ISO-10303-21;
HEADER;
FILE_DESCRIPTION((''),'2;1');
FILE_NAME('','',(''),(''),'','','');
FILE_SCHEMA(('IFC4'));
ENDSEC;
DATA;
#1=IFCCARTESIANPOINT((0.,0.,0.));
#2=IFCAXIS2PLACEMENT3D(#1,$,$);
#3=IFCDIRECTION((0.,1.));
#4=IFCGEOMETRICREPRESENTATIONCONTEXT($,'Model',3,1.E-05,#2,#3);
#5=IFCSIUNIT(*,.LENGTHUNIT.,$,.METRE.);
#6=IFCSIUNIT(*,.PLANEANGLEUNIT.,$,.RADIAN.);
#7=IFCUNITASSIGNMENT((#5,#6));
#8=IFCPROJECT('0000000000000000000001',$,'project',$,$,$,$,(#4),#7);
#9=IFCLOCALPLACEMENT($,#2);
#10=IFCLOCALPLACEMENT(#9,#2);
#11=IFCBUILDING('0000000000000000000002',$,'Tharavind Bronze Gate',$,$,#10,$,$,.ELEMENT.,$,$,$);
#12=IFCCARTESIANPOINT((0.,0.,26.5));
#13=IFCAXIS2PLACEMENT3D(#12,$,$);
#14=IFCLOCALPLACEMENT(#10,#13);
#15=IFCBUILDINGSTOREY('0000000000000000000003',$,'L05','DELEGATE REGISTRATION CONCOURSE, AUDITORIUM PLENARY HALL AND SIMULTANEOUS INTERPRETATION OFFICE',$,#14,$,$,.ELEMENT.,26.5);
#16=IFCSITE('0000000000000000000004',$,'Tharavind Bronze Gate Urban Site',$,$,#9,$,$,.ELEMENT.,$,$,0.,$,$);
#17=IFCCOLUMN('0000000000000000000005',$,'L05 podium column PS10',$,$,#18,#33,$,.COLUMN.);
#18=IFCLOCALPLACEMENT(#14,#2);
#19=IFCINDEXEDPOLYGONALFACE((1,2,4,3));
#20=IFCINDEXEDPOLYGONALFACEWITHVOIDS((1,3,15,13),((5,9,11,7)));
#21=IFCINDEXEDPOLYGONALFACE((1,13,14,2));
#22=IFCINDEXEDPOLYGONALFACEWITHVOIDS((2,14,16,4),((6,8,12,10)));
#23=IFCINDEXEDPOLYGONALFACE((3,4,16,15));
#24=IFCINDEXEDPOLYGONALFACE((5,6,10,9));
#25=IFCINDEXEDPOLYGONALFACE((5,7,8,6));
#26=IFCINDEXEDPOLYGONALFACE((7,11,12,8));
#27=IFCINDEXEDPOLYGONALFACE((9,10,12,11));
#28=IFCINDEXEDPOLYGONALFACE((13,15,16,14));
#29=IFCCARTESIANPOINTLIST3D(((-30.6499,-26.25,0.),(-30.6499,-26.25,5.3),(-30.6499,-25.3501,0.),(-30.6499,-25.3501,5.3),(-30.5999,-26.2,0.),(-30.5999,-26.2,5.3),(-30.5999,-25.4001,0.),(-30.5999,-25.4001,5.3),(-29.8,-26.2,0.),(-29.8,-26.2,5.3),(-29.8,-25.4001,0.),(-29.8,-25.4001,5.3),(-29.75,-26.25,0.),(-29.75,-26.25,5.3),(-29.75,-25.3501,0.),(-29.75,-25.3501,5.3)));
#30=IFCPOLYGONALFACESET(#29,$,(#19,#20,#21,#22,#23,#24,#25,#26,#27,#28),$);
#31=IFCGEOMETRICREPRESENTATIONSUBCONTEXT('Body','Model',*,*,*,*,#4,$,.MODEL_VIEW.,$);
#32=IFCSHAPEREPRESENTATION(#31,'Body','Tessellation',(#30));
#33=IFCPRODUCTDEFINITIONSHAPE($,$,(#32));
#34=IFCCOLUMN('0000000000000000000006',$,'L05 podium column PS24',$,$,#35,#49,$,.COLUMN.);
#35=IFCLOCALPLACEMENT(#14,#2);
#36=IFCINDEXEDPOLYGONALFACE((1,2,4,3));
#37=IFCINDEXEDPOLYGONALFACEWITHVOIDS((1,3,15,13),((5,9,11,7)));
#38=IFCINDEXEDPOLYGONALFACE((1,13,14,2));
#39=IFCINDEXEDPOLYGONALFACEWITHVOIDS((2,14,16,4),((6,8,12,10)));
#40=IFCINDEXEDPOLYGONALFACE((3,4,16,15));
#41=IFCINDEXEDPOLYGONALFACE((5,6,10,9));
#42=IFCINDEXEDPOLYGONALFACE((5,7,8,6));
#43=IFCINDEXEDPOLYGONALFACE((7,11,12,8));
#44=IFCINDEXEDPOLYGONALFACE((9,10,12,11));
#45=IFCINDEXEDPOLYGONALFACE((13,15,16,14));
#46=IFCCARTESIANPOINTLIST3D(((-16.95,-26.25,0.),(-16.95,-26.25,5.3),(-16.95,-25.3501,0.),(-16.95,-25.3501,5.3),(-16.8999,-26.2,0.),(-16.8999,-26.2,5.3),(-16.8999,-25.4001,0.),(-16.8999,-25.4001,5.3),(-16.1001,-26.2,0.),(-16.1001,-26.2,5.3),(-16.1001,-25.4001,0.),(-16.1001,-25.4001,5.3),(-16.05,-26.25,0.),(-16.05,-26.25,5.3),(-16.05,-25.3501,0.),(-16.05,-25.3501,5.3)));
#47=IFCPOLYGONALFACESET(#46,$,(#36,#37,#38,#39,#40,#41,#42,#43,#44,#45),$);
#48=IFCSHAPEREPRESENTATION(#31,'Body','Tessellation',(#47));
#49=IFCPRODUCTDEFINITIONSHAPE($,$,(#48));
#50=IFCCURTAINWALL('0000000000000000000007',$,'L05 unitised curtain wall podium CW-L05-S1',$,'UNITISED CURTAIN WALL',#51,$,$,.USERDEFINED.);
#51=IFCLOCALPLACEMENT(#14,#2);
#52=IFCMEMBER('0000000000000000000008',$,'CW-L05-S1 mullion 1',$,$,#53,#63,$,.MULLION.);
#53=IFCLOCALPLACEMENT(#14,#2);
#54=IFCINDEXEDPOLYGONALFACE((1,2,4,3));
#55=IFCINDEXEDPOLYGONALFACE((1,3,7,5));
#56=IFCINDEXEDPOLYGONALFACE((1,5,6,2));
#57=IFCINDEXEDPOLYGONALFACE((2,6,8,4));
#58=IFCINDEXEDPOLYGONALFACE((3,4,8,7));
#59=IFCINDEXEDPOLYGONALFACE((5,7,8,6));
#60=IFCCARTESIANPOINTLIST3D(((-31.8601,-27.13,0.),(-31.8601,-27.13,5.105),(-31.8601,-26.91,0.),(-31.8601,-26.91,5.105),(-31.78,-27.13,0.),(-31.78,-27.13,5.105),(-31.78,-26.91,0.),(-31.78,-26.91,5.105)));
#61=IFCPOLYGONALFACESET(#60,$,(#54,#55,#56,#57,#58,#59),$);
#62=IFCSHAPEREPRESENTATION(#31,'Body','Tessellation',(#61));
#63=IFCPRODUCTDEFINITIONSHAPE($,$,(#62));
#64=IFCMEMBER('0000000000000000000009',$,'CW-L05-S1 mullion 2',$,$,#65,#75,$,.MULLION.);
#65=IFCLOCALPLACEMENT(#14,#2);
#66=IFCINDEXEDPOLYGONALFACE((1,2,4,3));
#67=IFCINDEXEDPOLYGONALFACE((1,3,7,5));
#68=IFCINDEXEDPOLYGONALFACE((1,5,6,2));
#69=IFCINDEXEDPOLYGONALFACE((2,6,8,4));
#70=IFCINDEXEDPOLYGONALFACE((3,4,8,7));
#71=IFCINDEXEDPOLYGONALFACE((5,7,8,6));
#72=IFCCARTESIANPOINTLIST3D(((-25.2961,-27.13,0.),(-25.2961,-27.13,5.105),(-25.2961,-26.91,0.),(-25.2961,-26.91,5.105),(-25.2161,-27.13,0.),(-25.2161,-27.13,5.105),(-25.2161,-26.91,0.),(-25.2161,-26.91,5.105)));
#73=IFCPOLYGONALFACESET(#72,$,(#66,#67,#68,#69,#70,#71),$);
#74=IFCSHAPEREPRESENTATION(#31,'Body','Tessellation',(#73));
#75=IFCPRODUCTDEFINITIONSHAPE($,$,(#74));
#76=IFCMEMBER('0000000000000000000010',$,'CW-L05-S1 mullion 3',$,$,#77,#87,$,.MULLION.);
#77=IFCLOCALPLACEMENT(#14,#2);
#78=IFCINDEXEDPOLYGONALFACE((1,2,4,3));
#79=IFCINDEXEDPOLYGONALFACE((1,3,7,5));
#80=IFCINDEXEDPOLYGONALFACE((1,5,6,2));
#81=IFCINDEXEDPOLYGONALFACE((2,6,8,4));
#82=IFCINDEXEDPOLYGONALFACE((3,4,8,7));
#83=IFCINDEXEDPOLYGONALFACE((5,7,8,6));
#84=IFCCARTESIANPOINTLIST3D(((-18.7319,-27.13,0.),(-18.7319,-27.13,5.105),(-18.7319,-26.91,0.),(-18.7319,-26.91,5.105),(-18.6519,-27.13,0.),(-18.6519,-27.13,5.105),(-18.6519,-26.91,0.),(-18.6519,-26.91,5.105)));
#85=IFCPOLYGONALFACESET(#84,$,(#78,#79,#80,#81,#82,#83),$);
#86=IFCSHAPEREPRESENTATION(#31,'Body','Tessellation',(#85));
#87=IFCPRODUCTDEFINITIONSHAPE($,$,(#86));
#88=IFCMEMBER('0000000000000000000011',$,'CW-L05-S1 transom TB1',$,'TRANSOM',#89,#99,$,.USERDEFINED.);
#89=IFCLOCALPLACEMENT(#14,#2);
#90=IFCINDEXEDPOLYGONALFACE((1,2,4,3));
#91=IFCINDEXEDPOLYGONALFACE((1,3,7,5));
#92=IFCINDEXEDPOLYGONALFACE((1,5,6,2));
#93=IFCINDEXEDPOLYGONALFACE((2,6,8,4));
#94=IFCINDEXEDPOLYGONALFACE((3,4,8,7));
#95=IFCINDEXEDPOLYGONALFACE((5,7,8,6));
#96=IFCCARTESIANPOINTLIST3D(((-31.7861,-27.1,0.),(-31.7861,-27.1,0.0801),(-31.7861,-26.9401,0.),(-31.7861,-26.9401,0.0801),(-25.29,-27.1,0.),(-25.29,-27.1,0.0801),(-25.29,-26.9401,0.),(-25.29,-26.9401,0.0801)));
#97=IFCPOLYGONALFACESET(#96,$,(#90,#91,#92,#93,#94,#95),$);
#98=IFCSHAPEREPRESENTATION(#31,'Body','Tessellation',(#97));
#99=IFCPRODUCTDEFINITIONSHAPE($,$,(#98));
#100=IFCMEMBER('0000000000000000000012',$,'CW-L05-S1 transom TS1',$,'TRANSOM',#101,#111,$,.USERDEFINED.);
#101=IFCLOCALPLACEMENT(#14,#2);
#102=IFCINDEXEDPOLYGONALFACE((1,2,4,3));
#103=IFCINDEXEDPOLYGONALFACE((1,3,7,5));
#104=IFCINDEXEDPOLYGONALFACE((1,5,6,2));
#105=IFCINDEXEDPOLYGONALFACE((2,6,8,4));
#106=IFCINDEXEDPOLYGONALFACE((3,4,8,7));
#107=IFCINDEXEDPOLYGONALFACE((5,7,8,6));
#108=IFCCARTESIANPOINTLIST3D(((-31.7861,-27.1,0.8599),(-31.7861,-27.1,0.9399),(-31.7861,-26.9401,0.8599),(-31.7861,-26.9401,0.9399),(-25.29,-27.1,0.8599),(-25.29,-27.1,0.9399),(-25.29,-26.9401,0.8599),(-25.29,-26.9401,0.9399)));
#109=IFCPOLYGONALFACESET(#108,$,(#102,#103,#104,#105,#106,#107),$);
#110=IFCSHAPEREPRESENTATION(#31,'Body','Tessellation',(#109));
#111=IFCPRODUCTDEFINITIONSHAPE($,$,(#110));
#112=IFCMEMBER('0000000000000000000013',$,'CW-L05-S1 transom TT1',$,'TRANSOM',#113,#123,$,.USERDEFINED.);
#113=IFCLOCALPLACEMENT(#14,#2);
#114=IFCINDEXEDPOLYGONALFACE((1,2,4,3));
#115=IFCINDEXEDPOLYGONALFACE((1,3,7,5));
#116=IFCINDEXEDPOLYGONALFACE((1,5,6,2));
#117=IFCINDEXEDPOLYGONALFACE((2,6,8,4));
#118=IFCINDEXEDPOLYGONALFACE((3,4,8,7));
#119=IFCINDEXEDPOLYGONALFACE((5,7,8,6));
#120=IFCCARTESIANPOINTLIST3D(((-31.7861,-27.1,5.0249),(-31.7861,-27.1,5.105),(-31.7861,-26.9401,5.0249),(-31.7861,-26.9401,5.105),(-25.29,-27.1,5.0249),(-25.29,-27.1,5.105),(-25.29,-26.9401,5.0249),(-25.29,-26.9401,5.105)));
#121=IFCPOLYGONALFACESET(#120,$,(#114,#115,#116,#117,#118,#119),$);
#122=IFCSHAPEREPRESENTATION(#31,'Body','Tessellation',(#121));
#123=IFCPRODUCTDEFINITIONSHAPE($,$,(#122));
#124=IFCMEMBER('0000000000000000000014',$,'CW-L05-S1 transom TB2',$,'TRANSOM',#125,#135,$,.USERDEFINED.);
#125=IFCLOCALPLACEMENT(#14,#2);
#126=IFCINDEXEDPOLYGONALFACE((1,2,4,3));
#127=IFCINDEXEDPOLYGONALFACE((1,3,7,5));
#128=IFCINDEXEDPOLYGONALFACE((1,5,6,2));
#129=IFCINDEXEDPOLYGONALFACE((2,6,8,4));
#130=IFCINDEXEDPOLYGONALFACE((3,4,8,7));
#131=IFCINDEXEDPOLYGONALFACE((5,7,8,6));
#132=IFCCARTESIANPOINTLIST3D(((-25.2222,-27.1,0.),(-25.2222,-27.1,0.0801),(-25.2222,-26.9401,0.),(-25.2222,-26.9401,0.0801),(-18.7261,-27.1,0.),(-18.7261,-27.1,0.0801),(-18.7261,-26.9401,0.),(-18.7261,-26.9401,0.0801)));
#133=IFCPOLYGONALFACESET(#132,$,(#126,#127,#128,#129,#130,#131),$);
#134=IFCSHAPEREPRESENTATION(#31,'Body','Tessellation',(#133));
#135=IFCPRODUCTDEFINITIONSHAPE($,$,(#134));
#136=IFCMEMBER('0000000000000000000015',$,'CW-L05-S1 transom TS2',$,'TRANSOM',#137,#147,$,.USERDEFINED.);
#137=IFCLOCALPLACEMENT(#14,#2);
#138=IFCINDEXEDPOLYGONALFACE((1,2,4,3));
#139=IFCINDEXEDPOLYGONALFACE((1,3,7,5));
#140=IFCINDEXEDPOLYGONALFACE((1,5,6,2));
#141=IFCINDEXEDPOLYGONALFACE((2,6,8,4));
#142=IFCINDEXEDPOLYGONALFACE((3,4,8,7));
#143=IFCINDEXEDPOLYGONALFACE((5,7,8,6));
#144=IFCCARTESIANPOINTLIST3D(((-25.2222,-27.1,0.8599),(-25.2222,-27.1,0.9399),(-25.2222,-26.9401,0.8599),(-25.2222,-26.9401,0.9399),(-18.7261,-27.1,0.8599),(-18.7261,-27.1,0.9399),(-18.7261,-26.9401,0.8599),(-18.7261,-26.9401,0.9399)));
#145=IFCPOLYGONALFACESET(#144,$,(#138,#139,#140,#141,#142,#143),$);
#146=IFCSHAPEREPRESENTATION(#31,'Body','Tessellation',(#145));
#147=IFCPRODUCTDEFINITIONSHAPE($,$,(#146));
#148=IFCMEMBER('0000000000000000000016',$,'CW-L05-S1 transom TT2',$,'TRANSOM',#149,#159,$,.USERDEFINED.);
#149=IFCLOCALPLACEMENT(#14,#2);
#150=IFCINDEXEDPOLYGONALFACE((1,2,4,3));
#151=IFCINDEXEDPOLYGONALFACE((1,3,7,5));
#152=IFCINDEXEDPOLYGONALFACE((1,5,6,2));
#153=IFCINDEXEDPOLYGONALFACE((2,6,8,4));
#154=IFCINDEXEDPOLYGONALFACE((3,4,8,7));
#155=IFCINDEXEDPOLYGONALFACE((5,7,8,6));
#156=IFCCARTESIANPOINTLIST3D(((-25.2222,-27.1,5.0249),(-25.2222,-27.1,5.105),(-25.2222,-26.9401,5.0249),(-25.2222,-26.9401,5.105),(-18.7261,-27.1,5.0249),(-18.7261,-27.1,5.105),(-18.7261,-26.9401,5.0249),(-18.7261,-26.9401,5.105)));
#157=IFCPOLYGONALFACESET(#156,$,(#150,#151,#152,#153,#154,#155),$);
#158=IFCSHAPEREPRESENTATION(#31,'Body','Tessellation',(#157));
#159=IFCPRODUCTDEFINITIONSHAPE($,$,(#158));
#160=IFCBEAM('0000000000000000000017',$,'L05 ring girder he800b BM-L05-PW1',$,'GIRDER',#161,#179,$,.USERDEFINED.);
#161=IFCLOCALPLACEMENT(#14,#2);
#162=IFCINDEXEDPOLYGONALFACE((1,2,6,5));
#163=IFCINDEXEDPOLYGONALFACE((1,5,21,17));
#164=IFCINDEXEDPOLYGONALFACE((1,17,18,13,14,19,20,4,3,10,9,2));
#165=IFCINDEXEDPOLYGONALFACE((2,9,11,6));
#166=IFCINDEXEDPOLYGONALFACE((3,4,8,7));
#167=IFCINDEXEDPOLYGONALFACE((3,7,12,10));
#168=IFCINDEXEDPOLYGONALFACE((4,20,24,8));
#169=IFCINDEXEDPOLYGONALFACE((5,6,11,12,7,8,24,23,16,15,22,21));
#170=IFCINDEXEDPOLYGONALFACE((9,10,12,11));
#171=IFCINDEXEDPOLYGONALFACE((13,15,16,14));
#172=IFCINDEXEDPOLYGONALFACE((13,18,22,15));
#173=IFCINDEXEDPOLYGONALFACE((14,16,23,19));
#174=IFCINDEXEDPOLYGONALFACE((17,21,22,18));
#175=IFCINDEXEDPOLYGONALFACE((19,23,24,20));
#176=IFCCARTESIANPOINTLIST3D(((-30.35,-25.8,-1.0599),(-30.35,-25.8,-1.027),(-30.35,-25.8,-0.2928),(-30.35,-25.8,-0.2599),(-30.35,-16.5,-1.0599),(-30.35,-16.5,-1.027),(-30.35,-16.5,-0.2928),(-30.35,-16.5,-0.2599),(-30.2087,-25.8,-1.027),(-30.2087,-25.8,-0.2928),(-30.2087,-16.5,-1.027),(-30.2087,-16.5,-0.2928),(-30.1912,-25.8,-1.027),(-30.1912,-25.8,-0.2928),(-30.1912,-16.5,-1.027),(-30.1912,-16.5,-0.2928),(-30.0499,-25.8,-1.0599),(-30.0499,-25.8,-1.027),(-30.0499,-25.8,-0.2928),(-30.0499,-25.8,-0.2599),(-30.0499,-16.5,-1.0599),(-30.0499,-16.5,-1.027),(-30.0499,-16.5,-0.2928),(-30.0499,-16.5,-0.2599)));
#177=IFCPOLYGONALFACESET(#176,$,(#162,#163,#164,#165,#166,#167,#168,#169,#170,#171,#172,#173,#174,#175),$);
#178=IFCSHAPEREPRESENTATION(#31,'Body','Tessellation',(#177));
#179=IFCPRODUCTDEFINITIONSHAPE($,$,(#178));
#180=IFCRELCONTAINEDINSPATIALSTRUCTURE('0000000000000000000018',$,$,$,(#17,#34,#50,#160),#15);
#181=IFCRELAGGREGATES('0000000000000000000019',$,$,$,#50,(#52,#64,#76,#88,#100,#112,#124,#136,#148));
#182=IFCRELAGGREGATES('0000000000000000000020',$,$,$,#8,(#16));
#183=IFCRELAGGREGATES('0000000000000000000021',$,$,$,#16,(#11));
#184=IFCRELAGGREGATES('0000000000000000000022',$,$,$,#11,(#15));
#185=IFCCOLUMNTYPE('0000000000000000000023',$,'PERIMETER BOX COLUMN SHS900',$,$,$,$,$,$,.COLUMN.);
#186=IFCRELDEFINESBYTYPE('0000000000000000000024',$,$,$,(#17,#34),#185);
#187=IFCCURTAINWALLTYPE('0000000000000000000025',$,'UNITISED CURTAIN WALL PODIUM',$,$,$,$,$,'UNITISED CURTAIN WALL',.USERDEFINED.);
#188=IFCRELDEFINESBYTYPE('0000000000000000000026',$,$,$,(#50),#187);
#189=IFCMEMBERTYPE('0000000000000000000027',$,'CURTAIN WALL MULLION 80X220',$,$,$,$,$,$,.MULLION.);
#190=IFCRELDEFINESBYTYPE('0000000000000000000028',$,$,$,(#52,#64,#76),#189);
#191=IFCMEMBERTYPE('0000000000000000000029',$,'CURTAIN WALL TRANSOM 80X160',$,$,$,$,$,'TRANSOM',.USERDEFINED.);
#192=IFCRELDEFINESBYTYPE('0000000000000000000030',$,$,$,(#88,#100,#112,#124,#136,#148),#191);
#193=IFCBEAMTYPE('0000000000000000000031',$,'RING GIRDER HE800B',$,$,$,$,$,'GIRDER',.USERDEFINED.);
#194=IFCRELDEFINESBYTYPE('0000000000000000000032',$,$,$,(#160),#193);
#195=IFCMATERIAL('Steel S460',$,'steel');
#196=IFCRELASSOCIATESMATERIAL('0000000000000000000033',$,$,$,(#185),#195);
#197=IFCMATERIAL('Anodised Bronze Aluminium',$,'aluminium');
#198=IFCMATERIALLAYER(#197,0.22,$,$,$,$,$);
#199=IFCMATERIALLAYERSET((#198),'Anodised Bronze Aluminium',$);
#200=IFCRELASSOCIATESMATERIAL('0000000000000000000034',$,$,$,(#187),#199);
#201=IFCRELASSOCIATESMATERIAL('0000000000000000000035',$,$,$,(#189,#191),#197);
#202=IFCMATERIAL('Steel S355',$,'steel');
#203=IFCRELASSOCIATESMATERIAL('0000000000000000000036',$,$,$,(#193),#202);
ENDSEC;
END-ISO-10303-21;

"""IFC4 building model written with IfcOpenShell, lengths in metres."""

from ifc_helpers import new_model, si_unit, direction, frame, origin, origin_2d, place, context, subcontext, project, spatial, rectangle, hollow_rectangle, i_section, extrude, material, layer, layer_set, material_profile, profile_set, type_object, element, aggregate, save


model = new_model("IFC4")

# Units and contexts
model_context = context("Model", 3, precision=1e-05, world=origin(), true_north=direction((0.0, 1.0)))
body_context = subcontext(model_context, "Body", "Model", "MODEL_VIEW")
ifc_project = project(units=[si_unit("LENGTHUNIT", "METRE"), si_unit("PLANEANGLEUNIT", "RADIAN")], contexts=[model_context])

# Site, building, storey
site_placement = place(None, origin())
site = spatial("IfcSite", under=ifc_project, at=site_placement, Name="Tharavind Bronze Gate Urban Site", CompositionType="ELEMENT", RefElevation=0.0)
building_placement = place(site_placement, origin())
building = spatial("IfcBuilding", under=site, at=building_placement, Name="Tharavind Bronze Gate", CompositionType="ELEMENT")
storey_placement = place(building_placement, frame((0.0, 0.0, 26.5)))
storey = spatial("IfcBuildingStorey", under=building, at=storey_placement, Name="L05", Description="DELEGATE REGISTRATION CONCOURSE, AUDITORIUM PLENARY HALL AND SIMULTANEOUS INTERPRETATION OFFICE", CompositionType="ELEMENT", Elevation=26.5)

# Columns
ifc_material_1 = material(Name="Steel S460", Category="steel")
ifc_material_profile_1 = material_profile(ifc_material_1, hollow_rectangle(XDim=0.8999, YDim=0.8999, WallThickness=0.05, at=origin_2d()), Name="SHS900X50")
ifc_profile_set_1 = profile_set([ifc_material_profile_1], Name="Steel S460")
column_type = type_object("IfcColumnType", Name="PERIMETER BOX COLUMN SHS900", PredefinedType="COLUMN", material=ifc_profile_set_1)
for number, where, z_axis, x_axis, name in (
    (1, (-30.2, -25.8, 0.0), (0.0, 0.0, 1.0), (1.0, 0.0, 0.0), "L05 podium column PS10"),
    (2, (-16.5, -25.8, 0.0), (0.0, 0.0, 1.0), (1.0, 0.0, 0.0), "L05 podium column PS24"),
):
    element("IfcColumn", number, at=place(storey_placement, frame(where, z_axis=z_axis, x_axis=x_axis)), inside=storey, type_object=column_type, Name=name, PredefinedType="COLUMN", context=body_context, shape_type="SweptSolid", body=[
        extrude(hollow_rectangle(XDim=0.8999, YDim=0.8999, WallThickness=0.05, at=origin_2d()), origin(), (0.0, 0.0, 1.0), 5.3),
    ])

# Curtain wall, members
ifc_material_2 = material(Name="Anodised Bronze Aluminium", Category="aluminium")
ifc_layer_1 = layer(ifc_material_2, 0.22)
ifc_layer_set_1 = layer_set([ifc_layer_1], Name="Anodised Bronze Aluminium")
curtain_wall_type = type_object("IfcCurtainWallType", Name="UNITISED CURTAIN WALL PODIUM", ElementType="UNITISED CURTAIN WALL", PredefinedType="USERDEFINED", material=ifc_layer_set_1)
curtain_wall_placement = place(storey_placement, origin())
curtain_wall = element("IfcCurtainWall", 3, at=curtain_wall_placement, inside=storey, type_object=curtain_wall_type, Name="L05 unitised curtain wall podium CW-L05-S1", ObjectType="UNITISED CURTAIN WALL", PredefinedType="USERDEFINED")
member_type_1 = type_object("IfcMemberType", Name="CURTAIN WALL MULLION 80X220", PredefinedType="MULLION", material=ifc_material_2)
member_1_placement = place(storey_placement, frame((-31.8201, -27.02, 0.0), z_axis=(0.0, 0.0, 1.0), x_axis=(1.0, 0.0, 0.0)))
member_1 = element("IfcMember", 4, at=member_1_placement, type_object=member_type_1, Name="CW-L05-S1 mullion 1", PredefinedType="MULLION", context=body_context, shape_type="SweptSolid", body=[
    extrude(rectangle(XDim=0.0801, YDim=0.22, at=origin_2d()), origin(), (0.0, 0.0, 1.0), 5.105),
])
member_2_placement = place(storey_placement, frame((-25.2561, -27.02, 0.0), z_axis=(0.0, 0.0, 1.0), x_axis=(1.0, 0.0, 0.0)))
member_2 = element("IfcMember", 5, at=member_2_placement, type_object=member_type_1, Name="CW-L05-S1 mullion 2", PredefinedType="MULLION", context=body_context, shape_type="SweptSolid", body=[
    extrude(rectangle(XDim=0.0801, YDim=0.22, at=origin_2d()), origin(), (0.0, 0.0, 1.0), 5.105),
])
member_3_placement = place(storey_placement, frame((-18.6919, -27.02, 0.0), z_axis=(0.0, 0.0, 1.0), x_axis=(1.0, 0.0, 0.0)))
member_3 = element("IfcMember", 6, at=member_3_placement, type_object=member_type_1, Name="CW-L05-S1 mullion 3", PredefinedType="MULLION", context=body_context, shape_type="SweptSolid", body=[
    extrude(rectangle(XDim=0.0801, YDim=0.22, at=origin_2d()), origin(), (0.0, 0.0, 1.0), 5.105),
])
member_type_2 = type_object("IfcMemberType", Name="CURTAIN WALL TRANSOM 80X160", ElementType="TRANSOM", PredefinedType="USERDEFINED", material=ifc_material_2)
member_4_placement = place(storey_placement, frame((-28.5381, -27.02, 0.0), z_axis=(0.0, 0.0, 1.0), x_axis=(1.0, 0.0, 0.0)))
member_4 = element("IfcMember", 7, at=member_4_placement, type_object=member_type_2, Name="CW-L05-S1 transom TB1", ObjectType="TRANSOM", PredefinedType="USERDEFINED", context=body_context, shape_type="SweptSolid", body=[
    extrude(rectangle(XDim=6.4961, YDim=0.1599, at=origin_2d()), origin(), (0.0, 0.0, 1.0), 0.0801),
])
member_5_placement = place(storey_placement, frame((-28.5381, -27.02, 0.8599), z_axis=(0.0, 0.0, 1.0), x_axis=(1.0, 0.0, 0.0)))
member_5 = element("IfcMember", 8, at=member_5_placement, type_object=member_type_2, Name="CW-L05-S1 transom TS1", ObjectType="TRANSOM", PredefinedType="USERDEFINED", context=body_context, shape_type="SweptSolid", body=[
    extrude(rectangle(XDim=6.4961, YDim=0.1599, at=origin_2d()), origin(), (0.0, 0.0, 1.0), 0.0801),
])
member_6_placement = place(storey_placement, frame((-28.5381, -27.02, 5.0249), z_axis=(0.0, 0.0, 1.0), x_axis=(1.0, 0.0, 0.0)))
member_6 = element("IfcMember", 9, at=member_6_placement, type_object=member_type_2, Name="CW-L05-S1 transom TT1", ObjectType="TRANSOM", PredefinedType="USERDEFINED", context=body_context, shape_type="SweptSolid", body=[
    extrude(rectangle(XDim=6.4961, YDim=0.1599, at=origin_2d()), origin(), (0.0, 0.0, 1.0), 0.0801),
])
member_7_placement = place(storey_placement, frame((-21.9741, -27.02, 0.0), z_axis=(0.0, 0.0, 1.0), x_axis=(1.0, 0.0, 0.0)))
member_7 = element("IfcMember", 10, at=member_7_placement, type_object=member_type_2, Name="CW-L05-S1 transom TB2", ObjectType="TRANSOM", PredefinedType="USERDEFINED", context=body_context, shape_type="SweptSolid", body=[
    extrude(rectangle(XDim=6.4961, YDim=0.1599, at=origin_2d()), origin(), (0.0, 0.0, 1.0), 0.0801),
])
member_8_placement = place(storey_placement, frame((-21.9741, -27.02, 0.8599), z_axis=(0.0, 0.0, 1.0), x_axis=(1.0, 0.0, 0.0)))
member_8 = element("IfcMember", 11, at=member_8_placement, type_object=member_type_2, Name="CW-L05-S1 transom TS2", ObjectType="TRANSOM", PredefinedType="USERDEFINED", context=body_context, shape_type="SweptSolid", body=[
    extrude(rectangle(XDim=6.4961, YDim=0.1599, at=origin_2d()), origin(), (0.0, 0.0, 1.0), 0.0801),
])
member_9_placement = place(storey_placement, frame((-21.9741, -27.02, 5.0249), z_axis=(0.0, 0.0, 1.0), x_axis=(1.0, 0.0, 0.0)))
member_9 = element("IfcMember", 12, at=member_9_placement, type_object=member_type_2, Name="CW-L05-S1 transom TT2", ObjectType="TRANSOM", PredefinedType="USERDEFINED", context=body_context, shape_type="SweptSolid", body=[
    extrude(rectangle(XDim=6.4961, YDim=0.1599, at=origin_2d()), origin(), (0.0, 0.0, 1.0), 0.0801),
])

# Beam
ifc_material_3 = material(Name="Steel S355", Category="steel")
ifc_material_profile_2 = material_profile(ifc_material_3, i_section(OverallWidth=0.3, OverallDepth=0.8, WebThickness=0.0176, FlangeThickness=0.033, at=origin_2d()), Name="HE800B")
ifc_profile_set_2 = profile_set([ifc_material_profile_2], Name="Steel S355")
beam_type_1 = type_object("IfcBeamType", Name="RING GIRDER HE800B", ElementType="GIRDER", PredefinedType="USERDEFINED", material=ifc_profile_set_2)
beam_1_placement = place(storey_placement, frame((-30.2, -25.8, -0.6599), z_axis=(0.0, 1.0, 0.0), x_axis=(-1.0, 0.0, 0.0)))
element("IfcBeam", 13, at=beam_1_placement, inside=storey, type_object=beam_type_1, Name="L05 ring girder he800b BM-L05-PW1", ObjectType="GIRDER", PredefinedType="USERDEFINED", context=body_context, shape_type="SweptSolid", body=[
    extrude(i_section(OverallWidth=0.3, OverallDepth=0.8, WebThickness=0.0176, FlangeThickness=0.033, at=origin_2d()), origin(), (0.0, 0.0, 1.0), 9.3),
])

aggregate(curtain_wall, [member_1, member_2, member_3, member_4, member_5, member_6, member_7, member_8, member_9])

save(model, "model.ifc")
